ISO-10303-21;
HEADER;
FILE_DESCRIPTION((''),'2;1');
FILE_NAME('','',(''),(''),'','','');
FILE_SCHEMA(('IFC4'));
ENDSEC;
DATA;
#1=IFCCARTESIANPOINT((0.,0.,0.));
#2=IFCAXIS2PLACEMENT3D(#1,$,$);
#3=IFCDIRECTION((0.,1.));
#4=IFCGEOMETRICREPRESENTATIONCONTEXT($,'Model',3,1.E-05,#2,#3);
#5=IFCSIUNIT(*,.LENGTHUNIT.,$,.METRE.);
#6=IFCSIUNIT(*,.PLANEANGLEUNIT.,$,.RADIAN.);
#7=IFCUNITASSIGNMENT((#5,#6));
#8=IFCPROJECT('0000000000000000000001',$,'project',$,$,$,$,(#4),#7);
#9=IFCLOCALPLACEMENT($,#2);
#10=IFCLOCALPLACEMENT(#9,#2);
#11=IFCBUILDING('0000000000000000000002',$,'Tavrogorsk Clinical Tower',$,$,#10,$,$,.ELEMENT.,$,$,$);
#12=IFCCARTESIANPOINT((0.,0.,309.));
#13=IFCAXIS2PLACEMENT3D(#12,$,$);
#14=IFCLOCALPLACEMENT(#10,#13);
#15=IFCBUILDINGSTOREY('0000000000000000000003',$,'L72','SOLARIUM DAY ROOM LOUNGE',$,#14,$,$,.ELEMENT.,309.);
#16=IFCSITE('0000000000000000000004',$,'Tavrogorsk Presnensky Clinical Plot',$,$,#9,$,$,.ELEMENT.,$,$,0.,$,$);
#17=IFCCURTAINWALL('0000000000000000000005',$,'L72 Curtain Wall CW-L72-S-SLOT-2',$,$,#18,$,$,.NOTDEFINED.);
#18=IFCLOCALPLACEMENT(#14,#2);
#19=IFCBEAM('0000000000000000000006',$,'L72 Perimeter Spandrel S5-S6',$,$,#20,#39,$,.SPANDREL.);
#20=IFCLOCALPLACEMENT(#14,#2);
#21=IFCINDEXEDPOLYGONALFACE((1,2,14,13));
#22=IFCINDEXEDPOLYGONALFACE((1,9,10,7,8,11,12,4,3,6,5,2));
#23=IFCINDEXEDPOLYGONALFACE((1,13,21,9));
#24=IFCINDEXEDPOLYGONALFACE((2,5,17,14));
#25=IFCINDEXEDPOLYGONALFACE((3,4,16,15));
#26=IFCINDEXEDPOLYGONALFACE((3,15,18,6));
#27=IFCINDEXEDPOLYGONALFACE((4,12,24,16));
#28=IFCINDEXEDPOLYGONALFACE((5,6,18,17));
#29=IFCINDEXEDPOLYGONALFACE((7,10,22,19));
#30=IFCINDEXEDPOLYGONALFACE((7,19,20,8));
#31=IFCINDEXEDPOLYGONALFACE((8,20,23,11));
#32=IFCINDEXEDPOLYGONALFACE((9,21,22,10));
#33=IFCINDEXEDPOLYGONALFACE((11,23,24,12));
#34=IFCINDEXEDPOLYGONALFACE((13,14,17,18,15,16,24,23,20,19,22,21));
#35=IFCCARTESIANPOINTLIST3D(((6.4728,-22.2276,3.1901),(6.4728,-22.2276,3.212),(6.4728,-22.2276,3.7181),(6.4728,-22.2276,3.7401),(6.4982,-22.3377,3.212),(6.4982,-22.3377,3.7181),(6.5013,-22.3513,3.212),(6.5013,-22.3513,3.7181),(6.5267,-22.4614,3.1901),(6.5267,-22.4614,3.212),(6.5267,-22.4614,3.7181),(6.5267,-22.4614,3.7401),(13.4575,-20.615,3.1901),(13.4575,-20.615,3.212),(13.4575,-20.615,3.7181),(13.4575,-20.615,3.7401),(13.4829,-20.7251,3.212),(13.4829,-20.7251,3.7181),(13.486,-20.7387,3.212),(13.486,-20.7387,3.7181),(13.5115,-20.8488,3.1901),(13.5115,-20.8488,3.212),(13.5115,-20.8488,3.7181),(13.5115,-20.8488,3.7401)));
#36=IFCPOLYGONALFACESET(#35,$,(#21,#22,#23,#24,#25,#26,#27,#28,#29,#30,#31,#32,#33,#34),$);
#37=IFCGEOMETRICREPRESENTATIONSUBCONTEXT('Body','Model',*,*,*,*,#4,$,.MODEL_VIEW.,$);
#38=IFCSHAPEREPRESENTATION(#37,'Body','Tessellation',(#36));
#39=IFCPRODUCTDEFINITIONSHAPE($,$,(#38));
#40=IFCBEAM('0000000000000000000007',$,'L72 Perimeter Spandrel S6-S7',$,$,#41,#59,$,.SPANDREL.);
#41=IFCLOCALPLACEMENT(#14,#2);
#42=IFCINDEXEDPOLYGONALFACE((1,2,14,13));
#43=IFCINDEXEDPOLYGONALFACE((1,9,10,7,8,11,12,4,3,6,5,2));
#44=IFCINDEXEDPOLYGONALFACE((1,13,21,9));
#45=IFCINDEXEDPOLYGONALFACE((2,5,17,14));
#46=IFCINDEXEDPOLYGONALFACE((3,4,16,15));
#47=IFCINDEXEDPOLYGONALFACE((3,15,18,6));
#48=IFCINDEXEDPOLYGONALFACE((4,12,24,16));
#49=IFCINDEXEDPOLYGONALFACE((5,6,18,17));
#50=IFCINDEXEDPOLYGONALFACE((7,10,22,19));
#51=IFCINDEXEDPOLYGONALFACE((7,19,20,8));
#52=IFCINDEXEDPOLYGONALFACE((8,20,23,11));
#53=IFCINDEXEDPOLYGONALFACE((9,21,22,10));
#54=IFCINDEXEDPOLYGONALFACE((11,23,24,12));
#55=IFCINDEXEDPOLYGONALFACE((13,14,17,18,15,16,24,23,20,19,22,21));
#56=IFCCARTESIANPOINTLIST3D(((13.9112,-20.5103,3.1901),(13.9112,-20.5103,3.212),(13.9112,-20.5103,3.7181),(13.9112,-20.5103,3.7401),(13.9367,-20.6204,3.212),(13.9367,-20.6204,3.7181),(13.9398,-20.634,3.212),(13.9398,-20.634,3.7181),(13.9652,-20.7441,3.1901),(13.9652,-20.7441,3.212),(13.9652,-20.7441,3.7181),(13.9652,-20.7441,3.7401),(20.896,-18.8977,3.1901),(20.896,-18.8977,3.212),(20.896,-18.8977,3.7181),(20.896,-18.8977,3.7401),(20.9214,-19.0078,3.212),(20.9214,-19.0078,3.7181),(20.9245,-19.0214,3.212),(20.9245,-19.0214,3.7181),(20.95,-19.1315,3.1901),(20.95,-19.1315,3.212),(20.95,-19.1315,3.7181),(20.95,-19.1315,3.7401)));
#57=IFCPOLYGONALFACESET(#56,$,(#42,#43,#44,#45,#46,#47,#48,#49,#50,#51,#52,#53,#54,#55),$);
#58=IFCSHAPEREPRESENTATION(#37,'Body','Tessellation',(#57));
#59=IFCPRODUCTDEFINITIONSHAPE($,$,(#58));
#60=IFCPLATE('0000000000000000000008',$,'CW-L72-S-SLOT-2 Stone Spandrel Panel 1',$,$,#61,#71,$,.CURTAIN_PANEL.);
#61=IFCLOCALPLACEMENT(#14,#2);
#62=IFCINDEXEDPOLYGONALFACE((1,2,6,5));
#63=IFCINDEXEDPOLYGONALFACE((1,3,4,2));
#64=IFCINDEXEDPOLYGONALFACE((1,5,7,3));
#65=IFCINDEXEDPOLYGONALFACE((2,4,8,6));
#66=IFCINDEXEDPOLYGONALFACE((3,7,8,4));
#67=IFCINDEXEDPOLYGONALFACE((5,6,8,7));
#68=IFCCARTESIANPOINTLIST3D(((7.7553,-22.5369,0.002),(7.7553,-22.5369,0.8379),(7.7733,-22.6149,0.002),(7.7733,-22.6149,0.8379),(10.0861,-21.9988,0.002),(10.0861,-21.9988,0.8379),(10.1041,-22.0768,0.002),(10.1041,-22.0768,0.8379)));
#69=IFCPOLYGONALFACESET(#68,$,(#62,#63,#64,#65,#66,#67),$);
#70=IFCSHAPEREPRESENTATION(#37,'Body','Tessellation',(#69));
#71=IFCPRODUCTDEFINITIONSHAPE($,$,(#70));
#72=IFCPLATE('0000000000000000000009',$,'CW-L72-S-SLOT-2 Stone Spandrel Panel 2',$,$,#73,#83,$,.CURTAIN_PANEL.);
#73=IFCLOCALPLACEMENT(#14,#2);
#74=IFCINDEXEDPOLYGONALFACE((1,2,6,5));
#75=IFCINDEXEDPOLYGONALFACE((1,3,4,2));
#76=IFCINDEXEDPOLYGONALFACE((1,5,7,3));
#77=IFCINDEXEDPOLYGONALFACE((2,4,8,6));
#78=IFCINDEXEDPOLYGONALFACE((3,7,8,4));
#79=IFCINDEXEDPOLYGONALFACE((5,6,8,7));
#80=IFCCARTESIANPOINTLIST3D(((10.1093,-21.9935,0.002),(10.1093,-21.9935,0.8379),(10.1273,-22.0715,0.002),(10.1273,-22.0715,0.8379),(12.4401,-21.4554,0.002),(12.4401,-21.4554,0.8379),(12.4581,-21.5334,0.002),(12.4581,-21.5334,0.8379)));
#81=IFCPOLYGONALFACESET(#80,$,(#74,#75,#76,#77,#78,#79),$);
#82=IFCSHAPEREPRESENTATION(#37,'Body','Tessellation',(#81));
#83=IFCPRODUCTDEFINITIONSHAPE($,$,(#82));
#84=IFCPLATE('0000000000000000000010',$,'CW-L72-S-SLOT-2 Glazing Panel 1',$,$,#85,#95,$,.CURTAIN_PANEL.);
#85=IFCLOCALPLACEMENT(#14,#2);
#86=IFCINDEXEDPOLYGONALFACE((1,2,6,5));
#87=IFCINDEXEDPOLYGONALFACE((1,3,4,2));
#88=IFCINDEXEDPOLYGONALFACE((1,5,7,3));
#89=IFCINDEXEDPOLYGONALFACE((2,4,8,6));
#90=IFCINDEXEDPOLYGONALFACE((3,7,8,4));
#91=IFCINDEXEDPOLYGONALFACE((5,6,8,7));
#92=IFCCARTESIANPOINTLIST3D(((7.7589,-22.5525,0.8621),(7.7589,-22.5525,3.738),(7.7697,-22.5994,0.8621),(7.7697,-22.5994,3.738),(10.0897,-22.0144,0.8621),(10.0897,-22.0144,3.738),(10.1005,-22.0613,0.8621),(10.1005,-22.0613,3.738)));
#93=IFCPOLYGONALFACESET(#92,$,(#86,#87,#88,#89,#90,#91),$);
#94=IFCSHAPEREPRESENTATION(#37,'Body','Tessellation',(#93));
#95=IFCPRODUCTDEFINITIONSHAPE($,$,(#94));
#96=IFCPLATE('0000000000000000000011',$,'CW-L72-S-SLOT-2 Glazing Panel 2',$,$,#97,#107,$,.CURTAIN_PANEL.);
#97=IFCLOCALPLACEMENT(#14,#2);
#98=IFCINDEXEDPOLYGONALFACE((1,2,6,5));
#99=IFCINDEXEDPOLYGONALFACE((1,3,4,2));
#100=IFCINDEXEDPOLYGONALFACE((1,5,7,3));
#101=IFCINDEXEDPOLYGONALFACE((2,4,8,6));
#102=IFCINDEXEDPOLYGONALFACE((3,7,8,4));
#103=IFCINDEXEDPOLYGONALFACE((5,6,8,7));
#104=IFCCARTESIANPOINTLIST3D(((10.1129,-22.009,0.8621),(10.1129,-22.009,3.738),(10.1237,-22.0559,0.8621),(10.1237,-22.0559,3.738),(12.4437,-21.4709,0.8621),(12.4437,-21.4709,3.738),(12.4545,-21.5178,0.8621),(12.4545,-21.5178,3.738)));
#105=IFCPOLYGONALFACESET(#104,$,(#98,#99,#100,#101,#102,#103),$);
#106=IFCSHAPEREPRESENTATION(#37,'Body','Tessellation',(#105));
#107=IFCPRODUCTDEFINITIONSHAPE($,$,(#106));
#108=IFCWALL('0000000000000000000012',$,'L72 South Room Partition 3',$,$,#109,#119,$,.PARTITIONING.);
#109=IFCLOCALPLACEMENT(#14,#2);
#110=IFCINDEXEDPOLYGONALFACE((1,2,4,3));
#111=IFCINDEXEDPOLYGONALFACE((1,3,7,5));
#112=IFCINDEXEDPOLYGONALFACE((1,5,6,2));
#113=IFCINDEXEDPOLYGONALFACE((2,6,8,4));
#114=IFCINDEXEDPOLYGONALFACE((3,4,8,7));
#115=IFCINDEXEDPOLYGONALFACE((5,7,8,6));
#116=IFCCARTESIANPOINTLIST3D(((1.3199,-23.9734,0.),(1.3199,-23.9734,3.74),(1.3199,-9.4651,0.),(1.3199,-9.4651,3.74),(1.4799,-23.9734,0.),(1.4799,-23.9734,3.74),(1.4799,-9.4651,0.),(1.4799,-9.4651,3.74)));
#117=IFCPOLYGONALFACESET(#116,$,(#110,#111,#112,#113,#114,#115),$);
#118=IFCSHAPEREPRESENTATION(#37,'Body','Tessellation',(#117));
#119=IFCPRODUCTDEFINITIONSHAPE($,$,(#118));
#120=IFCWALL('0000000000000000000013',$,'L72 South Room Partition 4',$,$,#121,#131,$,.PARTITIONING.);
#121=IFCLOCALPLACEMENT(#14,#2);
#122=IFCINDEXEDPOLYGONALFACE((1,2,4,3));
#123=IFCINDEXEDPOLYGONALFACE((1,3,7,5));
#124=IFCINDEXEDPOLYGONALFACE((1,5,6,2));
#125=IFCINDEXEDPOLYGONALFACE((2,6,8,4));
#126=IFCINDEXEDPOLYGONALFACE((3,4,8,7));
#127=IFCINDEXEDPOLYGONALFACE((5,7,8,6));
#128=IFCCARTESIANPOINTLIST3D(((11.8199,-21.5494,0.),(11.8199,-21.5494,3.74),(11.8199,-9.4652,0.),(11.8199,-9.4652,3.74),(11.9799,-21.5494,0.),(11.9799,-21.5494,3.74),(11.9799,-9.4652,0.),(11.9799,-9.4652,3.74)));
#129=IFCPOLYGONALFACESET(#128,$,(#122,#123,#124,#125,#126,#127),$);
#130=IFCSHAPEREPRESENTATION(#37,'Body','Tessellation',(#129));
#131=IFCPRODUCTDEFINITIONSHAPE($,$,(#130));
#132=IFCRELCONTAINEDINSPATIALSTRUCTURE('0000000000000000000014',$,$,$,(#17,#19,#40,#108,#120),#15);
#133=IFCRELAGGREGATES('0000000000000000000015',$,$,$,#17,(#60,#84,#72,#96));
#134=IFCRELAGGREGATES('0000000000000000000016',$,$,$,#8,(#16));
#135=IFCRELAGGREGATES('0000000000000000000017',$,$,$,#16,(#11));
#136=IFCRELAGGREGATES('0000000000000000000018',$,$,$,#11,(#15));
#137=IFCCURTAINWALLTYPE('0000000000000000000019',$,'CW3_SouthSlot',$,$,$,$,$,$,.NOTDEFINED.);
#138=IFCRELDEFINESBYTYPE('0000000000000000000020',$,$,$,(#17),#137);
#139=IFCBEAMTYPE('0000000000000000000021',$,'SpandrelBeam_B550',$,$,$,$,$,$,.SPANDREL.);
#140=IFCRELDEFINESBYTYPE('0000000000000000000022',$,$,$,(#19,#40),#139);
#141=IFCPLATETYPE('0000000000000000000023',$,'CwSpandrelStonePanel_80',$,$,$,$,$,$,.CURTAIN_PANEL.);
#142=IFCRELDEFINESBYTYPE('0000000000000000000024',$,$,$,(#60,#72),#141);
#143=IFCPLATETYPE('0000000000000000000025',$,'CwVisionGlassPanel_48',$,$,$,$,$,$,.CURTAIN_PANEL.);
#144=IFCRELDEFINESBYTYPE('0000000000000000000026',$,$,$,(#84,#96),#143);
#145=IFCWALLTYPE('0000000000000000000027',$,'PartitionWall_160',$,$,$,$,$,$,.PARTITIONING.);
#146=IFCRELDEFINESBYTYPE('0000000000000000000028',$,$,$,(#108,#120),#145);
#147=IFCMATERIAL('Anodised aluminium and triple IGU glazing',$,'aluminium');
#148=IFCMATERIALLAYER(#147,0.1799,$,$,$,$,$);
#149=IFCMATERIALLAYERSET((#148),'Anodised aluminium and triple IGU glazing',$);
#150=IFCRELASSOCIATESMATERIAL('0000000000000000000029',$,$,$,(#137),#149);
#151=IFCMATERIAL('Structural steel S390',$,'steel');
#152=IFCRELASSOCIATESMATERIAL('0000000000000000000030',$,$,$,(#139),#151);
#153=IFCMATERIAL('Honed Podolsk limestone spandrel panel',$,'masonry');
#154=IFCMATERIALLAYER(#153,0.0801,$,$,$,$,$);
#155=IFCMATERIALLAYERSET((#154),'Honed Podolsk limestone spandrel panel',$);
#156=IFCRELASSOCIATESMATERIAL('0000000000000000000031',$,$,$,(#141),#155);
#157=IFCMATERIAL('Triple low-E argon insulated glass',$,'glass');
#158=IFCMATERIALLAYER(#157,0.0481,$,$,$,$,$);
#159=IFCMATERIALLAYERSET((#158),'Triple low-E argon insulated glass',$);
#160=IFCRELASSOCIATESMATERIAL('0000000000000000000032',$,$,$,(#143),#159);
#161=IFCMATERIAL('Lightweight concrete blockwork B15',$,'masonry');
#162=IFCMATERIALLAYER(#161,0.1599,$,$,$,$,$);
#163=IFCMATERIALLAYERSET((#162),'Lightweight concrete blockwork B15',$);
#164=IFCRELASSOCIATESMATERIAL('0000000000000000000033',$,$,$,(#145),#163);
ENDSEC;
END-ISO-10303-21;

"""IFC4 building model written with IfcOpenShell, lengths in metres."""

from ifc_helpers import new_model, si_unit, direction, frame, frame_2d, origin, origin_2d, place, context, subcontext, project, spatial, rectangle, i_section, extrude, material, layer, layer_set, material_profile, profile_set, type_object, element, aggregate, save


model = new_model("IFC4")

# Units and contexts
model_context = context("Model", 3, precision=1e-05, world=origin(), true_north=direction((0.0, 1.0)))
body_context = subcontext(model_context, "Body", "Model", "MODEL_VIEW")
ifc_project = project(units=[si_unit("LENGTHUNIT", "METRE"), si_unit("PLANEANGLEUNIT", "RADIAN")], contexts=[model_context])

# Site, building, storey
site_placement = place(None, origin())
site = spatial("IfcSite", under=ifc_project, at=site_placement, Name="Tavrogorsk Presnensky Clinical Plot", CompositionType="ELEMENT", RefElevation=0.0)
building_placement = place(site_placement, origin())
building = spatial("IfcBuilding", under=site, at=building_placement, Name="Tavrogorsk Clinical Tower", CompositionType="ELEMENT")
storey_placement = place(building_placement, frame((0.0, 0.0, 309.0)))
storey = spatial("IfcBuildingStorey", under=building, at=storey_placement, Name="L72", Description="SOLARIUM DAY ROOM LOUNGE", CompositionType="ELEMENT", Elevation=309.0)

# Curtain wall
ifc_material_1 = material(Name="Anodised aluminium and triple IGU glazing", Category="aluminium")
ifc_layer_1 = layer(ifc_material_1, 0.1799)
ifc_layer_set_1 = layer_set([ifc_layer_1], Name="Anodised aluminium and triple IGU glazing")
curtain_wall_type = type_object("IfcCurtainWallType", Name="CW3_SouthSlot", PredefinedType="NOTDEFINED", material=ifc_layer_set_1)
curtain_wall_placement = place(storey_placement, origin())
curtain_wall = element("IfcCurtainWall", 1, at=curtain_wall_placement, inside=storey, type_object=curtain_wall_type, Name="L72 Curtain Wall CW-L72-S-SLOT-2", PredefinedType="NOTDEFINED")

# Beams
ifc_material_2 = material(Name="Structural steel S390", Category="steel")
ifc_material_profile_1 = material_profile(ifc_material_2, i_section(OverallWidth=0.24, OverallDepth=0.55, WebThickness=0.0139, FlangeThickness=0.022, at=origin_2d()), Name="B-550x240x14x22")
ifc_profile_set_1 = profile_set([ifc_material_profile_1], Name="Structural steel S390")
beam_type = type_object("IfcBeamType", Name="SpandrelBeam_B550", PredefinedType="SPANDREL", material=ifc_profile_set_1)
for number, where, z_axis, x_axis, name in (
    (2, (6.4998, -22.3445, 3.4651), (0.974369, 0.224954, 0.0), (-0.224954, 0.974369, 0.0), "L72 Perimeter Spandrel S5-S6"),
    (3, (13.9382, -20.6272, 3.4651), (0.974369, 0.224954, 0.0), (-0.224954, 0.974369, 0.0), "L72 Perimeter Spandrel S6-S7"),
):
    element("IfcBeam", number, at=place(storey_placement, frame(where, z_axis=z_axis, x_axis=x_axis)), inside=storey, type_object=beam_type, Name=name, PredefinedType="SPANDREL", context=body_context, shape_type="SweptSolid", body=[
        extrude(i_section(OverallWidth=0.24, OverallDepth=0.55, WebThickness=0.0139, FlangeThickness=0.022, at=origin_2d()), origin(), (0.0, 0.0, 1.0), 7.1685),
    ])

# Plates
ifc_material_3 = material(Name="Honed Podolsk limestone spandrel panel", Category="masonry")
ifc_layer_2 = layer(ifc_material_3, 0.0801)
ifc_layer_set_2 = layer_set([ifc_layer_2], Name="Honed Podolsk limestone spandrel panel")
plate_type_1 = type_object("IfcPlateType", Name="CwSpandrelStonePanel_80", PredefinedType="CURTAIN_PANEL", material=ifc_layer_set_2)
plate_1_placement = place(storey_placement, frame((8.9297, -22.3069, 0.002), z_axis=(0.0, 0.0, 1.0), x_axis=(0.97437, 0.224951, 0.0)))
plate_1 = element("IfcPlate", 4, at=plate_1_placement, type_object=plate_type_1, Name="CW-L72-S-SLOT-2 Stone Spandrel Panel 1", PredefinedType="CURTAIN_PANEL", context=body_context, shape_type="SweptSolid", body=[
    extrude(rectangle(XDim=2.3921, YDim=0.0801, at=origin_2d()), origin(), (0.0, 0.0, 1.0), 0.8359),
])
plate_2_placement = place(storey_placement, frame((11.2837, -21.7634, 0.002), z_axis=(0.0, 0.0, 1.0), x_axis=(0.97437, 0.224951, 0.0)))
plate_2 = element("IfcPlate", 5, at=plate_2_placement, type_object=plate_type_1, Name="CW-L72-S-SLOT-2 Stone Spandrel Panel 2", PredefinedType="CURTAIN_PANEL", context=body_context, shape_type="SweptSolid", body=[
    extrude(rectangle(XDim=2.3921, YDim=0.0801, at=origin_2d()), origin(), (0.0, 0.0, 1.0), 0.8359),
])
ifc_material_4 = material(Name="Triple low-E argon insulated glass", Category="glass")
ifc_layer_3 = layer(ifc_material_4, 0.0481)
ifc_layer_set_3 = layer_set([ifc_layer_3], Name="Triple low-E argon insulated glass")
plate_type_2 = type_object("IfcPlateType", Name="CwVisionGlassPanel_48", PredefinedType="CURTAIN_PANEL", material=ifc_layer_set_3)
plate_3_placement = place(storey_placement, frame((8.9297, -22.3069, 0.8621), z_axis=(0.0, 0.0, 1.0), x_axis=(0.97437, 0.224951, 0.0)))
plate_3 = element("IfcPlate", 6, at=plate_3_placement, type_object=plate_type_2, Name="CW-L72-S-SLOT-2 Glazing Panel 1", PredefinedType="CURTAIN_PANEL", context=body_context, shape_type="SweptSolid", body=[
    extrude(rectangle(XDim=2.3921, YDim=0.0481, at=origin_2d()), origin(), (0.0, 0.0, 1.0), 2.876),
])
plate_4_placement = place(storey_placement, frame((11.2837, -21.7634, 0.8621), z_axis=(0.0, 0.0, 1.0), x_axis=(0.97437, 0.224951, 0.0)))
plate_4 = element("IfcPlate", 7, at=plate_4_placement, type_object=plate_type_2, Name="CW-L72-S-SLOT-2 Glazing Panel 2", PredefinedType="CURTAIN_PANEL", context=body_context, shape_type="SweptSolid", body=[
    extrude(rectangle(XDim=2.3921, YDim=0.0481, at=origin_2d()), origin(), (0.0, 0.0, 1.0), 2.876),
])
aggregate(curtain_wall, [plate_1, plate_3, plate_2, plate_4])

# Walls
ifc_material_5 = material(Name="Lightweight concrete blockwork B15", Category="masonry")
ifc_layer_4 = layer(ifc_material_5, 0.1599)
ifc_layer_set_4 = layer_set([ifc_layer_4], Name="Lightweight concrete blockwork B15")
wall_type_1 = type_object("IfcWallType", Name="PartitionWall_160", PredefinedType="PARTITIONING", material=ifc_layer_set_4)
wall_1_placement = place(storey_placement, frame((1.3999, -23.9734, 0.0), z_axis=(0.0, 0.0, 1.0), x_axis=(0.0, 1.0, 0.0)))
element("IfcWall", 8, at=wall_1_placement, inside=storey, type_object=wall_type_1, Name="L72 South Room Partition 3", PredefinedType="PARTITIONING", context=body_context, shape_type="SweptSolid", body=[
    extrude(rectangle(XDim=14.5083, YDim=0.1599, at=frame_2d((7.2542, 0.0))), origin(), (0.0, 0.0, 1.0), 3.74),
])
wall_2_placement = place(storey_placement, frame((11.8999, -21.5493, 0.0), z_axis=(0.0, 0.0, 1.0), x_axis=(0.0, 1.0, 0.0)))
element("IfcWall", 9, at=wall_2_placement, inside=storey, type_object=wall_type_1, Name="L72 South Room Partition 4", PredefinedType="PARTITIONING", context=body_context, shape_type="SweptSolid", body=[
    extrude(rectangle(XDim=12.0842, YDim=0.1599, at=frame_2d((6.042, 0.0))), origin(), (0.0, 0.0, 1.0), 3.74),
])

save(model, "model.ifc")
